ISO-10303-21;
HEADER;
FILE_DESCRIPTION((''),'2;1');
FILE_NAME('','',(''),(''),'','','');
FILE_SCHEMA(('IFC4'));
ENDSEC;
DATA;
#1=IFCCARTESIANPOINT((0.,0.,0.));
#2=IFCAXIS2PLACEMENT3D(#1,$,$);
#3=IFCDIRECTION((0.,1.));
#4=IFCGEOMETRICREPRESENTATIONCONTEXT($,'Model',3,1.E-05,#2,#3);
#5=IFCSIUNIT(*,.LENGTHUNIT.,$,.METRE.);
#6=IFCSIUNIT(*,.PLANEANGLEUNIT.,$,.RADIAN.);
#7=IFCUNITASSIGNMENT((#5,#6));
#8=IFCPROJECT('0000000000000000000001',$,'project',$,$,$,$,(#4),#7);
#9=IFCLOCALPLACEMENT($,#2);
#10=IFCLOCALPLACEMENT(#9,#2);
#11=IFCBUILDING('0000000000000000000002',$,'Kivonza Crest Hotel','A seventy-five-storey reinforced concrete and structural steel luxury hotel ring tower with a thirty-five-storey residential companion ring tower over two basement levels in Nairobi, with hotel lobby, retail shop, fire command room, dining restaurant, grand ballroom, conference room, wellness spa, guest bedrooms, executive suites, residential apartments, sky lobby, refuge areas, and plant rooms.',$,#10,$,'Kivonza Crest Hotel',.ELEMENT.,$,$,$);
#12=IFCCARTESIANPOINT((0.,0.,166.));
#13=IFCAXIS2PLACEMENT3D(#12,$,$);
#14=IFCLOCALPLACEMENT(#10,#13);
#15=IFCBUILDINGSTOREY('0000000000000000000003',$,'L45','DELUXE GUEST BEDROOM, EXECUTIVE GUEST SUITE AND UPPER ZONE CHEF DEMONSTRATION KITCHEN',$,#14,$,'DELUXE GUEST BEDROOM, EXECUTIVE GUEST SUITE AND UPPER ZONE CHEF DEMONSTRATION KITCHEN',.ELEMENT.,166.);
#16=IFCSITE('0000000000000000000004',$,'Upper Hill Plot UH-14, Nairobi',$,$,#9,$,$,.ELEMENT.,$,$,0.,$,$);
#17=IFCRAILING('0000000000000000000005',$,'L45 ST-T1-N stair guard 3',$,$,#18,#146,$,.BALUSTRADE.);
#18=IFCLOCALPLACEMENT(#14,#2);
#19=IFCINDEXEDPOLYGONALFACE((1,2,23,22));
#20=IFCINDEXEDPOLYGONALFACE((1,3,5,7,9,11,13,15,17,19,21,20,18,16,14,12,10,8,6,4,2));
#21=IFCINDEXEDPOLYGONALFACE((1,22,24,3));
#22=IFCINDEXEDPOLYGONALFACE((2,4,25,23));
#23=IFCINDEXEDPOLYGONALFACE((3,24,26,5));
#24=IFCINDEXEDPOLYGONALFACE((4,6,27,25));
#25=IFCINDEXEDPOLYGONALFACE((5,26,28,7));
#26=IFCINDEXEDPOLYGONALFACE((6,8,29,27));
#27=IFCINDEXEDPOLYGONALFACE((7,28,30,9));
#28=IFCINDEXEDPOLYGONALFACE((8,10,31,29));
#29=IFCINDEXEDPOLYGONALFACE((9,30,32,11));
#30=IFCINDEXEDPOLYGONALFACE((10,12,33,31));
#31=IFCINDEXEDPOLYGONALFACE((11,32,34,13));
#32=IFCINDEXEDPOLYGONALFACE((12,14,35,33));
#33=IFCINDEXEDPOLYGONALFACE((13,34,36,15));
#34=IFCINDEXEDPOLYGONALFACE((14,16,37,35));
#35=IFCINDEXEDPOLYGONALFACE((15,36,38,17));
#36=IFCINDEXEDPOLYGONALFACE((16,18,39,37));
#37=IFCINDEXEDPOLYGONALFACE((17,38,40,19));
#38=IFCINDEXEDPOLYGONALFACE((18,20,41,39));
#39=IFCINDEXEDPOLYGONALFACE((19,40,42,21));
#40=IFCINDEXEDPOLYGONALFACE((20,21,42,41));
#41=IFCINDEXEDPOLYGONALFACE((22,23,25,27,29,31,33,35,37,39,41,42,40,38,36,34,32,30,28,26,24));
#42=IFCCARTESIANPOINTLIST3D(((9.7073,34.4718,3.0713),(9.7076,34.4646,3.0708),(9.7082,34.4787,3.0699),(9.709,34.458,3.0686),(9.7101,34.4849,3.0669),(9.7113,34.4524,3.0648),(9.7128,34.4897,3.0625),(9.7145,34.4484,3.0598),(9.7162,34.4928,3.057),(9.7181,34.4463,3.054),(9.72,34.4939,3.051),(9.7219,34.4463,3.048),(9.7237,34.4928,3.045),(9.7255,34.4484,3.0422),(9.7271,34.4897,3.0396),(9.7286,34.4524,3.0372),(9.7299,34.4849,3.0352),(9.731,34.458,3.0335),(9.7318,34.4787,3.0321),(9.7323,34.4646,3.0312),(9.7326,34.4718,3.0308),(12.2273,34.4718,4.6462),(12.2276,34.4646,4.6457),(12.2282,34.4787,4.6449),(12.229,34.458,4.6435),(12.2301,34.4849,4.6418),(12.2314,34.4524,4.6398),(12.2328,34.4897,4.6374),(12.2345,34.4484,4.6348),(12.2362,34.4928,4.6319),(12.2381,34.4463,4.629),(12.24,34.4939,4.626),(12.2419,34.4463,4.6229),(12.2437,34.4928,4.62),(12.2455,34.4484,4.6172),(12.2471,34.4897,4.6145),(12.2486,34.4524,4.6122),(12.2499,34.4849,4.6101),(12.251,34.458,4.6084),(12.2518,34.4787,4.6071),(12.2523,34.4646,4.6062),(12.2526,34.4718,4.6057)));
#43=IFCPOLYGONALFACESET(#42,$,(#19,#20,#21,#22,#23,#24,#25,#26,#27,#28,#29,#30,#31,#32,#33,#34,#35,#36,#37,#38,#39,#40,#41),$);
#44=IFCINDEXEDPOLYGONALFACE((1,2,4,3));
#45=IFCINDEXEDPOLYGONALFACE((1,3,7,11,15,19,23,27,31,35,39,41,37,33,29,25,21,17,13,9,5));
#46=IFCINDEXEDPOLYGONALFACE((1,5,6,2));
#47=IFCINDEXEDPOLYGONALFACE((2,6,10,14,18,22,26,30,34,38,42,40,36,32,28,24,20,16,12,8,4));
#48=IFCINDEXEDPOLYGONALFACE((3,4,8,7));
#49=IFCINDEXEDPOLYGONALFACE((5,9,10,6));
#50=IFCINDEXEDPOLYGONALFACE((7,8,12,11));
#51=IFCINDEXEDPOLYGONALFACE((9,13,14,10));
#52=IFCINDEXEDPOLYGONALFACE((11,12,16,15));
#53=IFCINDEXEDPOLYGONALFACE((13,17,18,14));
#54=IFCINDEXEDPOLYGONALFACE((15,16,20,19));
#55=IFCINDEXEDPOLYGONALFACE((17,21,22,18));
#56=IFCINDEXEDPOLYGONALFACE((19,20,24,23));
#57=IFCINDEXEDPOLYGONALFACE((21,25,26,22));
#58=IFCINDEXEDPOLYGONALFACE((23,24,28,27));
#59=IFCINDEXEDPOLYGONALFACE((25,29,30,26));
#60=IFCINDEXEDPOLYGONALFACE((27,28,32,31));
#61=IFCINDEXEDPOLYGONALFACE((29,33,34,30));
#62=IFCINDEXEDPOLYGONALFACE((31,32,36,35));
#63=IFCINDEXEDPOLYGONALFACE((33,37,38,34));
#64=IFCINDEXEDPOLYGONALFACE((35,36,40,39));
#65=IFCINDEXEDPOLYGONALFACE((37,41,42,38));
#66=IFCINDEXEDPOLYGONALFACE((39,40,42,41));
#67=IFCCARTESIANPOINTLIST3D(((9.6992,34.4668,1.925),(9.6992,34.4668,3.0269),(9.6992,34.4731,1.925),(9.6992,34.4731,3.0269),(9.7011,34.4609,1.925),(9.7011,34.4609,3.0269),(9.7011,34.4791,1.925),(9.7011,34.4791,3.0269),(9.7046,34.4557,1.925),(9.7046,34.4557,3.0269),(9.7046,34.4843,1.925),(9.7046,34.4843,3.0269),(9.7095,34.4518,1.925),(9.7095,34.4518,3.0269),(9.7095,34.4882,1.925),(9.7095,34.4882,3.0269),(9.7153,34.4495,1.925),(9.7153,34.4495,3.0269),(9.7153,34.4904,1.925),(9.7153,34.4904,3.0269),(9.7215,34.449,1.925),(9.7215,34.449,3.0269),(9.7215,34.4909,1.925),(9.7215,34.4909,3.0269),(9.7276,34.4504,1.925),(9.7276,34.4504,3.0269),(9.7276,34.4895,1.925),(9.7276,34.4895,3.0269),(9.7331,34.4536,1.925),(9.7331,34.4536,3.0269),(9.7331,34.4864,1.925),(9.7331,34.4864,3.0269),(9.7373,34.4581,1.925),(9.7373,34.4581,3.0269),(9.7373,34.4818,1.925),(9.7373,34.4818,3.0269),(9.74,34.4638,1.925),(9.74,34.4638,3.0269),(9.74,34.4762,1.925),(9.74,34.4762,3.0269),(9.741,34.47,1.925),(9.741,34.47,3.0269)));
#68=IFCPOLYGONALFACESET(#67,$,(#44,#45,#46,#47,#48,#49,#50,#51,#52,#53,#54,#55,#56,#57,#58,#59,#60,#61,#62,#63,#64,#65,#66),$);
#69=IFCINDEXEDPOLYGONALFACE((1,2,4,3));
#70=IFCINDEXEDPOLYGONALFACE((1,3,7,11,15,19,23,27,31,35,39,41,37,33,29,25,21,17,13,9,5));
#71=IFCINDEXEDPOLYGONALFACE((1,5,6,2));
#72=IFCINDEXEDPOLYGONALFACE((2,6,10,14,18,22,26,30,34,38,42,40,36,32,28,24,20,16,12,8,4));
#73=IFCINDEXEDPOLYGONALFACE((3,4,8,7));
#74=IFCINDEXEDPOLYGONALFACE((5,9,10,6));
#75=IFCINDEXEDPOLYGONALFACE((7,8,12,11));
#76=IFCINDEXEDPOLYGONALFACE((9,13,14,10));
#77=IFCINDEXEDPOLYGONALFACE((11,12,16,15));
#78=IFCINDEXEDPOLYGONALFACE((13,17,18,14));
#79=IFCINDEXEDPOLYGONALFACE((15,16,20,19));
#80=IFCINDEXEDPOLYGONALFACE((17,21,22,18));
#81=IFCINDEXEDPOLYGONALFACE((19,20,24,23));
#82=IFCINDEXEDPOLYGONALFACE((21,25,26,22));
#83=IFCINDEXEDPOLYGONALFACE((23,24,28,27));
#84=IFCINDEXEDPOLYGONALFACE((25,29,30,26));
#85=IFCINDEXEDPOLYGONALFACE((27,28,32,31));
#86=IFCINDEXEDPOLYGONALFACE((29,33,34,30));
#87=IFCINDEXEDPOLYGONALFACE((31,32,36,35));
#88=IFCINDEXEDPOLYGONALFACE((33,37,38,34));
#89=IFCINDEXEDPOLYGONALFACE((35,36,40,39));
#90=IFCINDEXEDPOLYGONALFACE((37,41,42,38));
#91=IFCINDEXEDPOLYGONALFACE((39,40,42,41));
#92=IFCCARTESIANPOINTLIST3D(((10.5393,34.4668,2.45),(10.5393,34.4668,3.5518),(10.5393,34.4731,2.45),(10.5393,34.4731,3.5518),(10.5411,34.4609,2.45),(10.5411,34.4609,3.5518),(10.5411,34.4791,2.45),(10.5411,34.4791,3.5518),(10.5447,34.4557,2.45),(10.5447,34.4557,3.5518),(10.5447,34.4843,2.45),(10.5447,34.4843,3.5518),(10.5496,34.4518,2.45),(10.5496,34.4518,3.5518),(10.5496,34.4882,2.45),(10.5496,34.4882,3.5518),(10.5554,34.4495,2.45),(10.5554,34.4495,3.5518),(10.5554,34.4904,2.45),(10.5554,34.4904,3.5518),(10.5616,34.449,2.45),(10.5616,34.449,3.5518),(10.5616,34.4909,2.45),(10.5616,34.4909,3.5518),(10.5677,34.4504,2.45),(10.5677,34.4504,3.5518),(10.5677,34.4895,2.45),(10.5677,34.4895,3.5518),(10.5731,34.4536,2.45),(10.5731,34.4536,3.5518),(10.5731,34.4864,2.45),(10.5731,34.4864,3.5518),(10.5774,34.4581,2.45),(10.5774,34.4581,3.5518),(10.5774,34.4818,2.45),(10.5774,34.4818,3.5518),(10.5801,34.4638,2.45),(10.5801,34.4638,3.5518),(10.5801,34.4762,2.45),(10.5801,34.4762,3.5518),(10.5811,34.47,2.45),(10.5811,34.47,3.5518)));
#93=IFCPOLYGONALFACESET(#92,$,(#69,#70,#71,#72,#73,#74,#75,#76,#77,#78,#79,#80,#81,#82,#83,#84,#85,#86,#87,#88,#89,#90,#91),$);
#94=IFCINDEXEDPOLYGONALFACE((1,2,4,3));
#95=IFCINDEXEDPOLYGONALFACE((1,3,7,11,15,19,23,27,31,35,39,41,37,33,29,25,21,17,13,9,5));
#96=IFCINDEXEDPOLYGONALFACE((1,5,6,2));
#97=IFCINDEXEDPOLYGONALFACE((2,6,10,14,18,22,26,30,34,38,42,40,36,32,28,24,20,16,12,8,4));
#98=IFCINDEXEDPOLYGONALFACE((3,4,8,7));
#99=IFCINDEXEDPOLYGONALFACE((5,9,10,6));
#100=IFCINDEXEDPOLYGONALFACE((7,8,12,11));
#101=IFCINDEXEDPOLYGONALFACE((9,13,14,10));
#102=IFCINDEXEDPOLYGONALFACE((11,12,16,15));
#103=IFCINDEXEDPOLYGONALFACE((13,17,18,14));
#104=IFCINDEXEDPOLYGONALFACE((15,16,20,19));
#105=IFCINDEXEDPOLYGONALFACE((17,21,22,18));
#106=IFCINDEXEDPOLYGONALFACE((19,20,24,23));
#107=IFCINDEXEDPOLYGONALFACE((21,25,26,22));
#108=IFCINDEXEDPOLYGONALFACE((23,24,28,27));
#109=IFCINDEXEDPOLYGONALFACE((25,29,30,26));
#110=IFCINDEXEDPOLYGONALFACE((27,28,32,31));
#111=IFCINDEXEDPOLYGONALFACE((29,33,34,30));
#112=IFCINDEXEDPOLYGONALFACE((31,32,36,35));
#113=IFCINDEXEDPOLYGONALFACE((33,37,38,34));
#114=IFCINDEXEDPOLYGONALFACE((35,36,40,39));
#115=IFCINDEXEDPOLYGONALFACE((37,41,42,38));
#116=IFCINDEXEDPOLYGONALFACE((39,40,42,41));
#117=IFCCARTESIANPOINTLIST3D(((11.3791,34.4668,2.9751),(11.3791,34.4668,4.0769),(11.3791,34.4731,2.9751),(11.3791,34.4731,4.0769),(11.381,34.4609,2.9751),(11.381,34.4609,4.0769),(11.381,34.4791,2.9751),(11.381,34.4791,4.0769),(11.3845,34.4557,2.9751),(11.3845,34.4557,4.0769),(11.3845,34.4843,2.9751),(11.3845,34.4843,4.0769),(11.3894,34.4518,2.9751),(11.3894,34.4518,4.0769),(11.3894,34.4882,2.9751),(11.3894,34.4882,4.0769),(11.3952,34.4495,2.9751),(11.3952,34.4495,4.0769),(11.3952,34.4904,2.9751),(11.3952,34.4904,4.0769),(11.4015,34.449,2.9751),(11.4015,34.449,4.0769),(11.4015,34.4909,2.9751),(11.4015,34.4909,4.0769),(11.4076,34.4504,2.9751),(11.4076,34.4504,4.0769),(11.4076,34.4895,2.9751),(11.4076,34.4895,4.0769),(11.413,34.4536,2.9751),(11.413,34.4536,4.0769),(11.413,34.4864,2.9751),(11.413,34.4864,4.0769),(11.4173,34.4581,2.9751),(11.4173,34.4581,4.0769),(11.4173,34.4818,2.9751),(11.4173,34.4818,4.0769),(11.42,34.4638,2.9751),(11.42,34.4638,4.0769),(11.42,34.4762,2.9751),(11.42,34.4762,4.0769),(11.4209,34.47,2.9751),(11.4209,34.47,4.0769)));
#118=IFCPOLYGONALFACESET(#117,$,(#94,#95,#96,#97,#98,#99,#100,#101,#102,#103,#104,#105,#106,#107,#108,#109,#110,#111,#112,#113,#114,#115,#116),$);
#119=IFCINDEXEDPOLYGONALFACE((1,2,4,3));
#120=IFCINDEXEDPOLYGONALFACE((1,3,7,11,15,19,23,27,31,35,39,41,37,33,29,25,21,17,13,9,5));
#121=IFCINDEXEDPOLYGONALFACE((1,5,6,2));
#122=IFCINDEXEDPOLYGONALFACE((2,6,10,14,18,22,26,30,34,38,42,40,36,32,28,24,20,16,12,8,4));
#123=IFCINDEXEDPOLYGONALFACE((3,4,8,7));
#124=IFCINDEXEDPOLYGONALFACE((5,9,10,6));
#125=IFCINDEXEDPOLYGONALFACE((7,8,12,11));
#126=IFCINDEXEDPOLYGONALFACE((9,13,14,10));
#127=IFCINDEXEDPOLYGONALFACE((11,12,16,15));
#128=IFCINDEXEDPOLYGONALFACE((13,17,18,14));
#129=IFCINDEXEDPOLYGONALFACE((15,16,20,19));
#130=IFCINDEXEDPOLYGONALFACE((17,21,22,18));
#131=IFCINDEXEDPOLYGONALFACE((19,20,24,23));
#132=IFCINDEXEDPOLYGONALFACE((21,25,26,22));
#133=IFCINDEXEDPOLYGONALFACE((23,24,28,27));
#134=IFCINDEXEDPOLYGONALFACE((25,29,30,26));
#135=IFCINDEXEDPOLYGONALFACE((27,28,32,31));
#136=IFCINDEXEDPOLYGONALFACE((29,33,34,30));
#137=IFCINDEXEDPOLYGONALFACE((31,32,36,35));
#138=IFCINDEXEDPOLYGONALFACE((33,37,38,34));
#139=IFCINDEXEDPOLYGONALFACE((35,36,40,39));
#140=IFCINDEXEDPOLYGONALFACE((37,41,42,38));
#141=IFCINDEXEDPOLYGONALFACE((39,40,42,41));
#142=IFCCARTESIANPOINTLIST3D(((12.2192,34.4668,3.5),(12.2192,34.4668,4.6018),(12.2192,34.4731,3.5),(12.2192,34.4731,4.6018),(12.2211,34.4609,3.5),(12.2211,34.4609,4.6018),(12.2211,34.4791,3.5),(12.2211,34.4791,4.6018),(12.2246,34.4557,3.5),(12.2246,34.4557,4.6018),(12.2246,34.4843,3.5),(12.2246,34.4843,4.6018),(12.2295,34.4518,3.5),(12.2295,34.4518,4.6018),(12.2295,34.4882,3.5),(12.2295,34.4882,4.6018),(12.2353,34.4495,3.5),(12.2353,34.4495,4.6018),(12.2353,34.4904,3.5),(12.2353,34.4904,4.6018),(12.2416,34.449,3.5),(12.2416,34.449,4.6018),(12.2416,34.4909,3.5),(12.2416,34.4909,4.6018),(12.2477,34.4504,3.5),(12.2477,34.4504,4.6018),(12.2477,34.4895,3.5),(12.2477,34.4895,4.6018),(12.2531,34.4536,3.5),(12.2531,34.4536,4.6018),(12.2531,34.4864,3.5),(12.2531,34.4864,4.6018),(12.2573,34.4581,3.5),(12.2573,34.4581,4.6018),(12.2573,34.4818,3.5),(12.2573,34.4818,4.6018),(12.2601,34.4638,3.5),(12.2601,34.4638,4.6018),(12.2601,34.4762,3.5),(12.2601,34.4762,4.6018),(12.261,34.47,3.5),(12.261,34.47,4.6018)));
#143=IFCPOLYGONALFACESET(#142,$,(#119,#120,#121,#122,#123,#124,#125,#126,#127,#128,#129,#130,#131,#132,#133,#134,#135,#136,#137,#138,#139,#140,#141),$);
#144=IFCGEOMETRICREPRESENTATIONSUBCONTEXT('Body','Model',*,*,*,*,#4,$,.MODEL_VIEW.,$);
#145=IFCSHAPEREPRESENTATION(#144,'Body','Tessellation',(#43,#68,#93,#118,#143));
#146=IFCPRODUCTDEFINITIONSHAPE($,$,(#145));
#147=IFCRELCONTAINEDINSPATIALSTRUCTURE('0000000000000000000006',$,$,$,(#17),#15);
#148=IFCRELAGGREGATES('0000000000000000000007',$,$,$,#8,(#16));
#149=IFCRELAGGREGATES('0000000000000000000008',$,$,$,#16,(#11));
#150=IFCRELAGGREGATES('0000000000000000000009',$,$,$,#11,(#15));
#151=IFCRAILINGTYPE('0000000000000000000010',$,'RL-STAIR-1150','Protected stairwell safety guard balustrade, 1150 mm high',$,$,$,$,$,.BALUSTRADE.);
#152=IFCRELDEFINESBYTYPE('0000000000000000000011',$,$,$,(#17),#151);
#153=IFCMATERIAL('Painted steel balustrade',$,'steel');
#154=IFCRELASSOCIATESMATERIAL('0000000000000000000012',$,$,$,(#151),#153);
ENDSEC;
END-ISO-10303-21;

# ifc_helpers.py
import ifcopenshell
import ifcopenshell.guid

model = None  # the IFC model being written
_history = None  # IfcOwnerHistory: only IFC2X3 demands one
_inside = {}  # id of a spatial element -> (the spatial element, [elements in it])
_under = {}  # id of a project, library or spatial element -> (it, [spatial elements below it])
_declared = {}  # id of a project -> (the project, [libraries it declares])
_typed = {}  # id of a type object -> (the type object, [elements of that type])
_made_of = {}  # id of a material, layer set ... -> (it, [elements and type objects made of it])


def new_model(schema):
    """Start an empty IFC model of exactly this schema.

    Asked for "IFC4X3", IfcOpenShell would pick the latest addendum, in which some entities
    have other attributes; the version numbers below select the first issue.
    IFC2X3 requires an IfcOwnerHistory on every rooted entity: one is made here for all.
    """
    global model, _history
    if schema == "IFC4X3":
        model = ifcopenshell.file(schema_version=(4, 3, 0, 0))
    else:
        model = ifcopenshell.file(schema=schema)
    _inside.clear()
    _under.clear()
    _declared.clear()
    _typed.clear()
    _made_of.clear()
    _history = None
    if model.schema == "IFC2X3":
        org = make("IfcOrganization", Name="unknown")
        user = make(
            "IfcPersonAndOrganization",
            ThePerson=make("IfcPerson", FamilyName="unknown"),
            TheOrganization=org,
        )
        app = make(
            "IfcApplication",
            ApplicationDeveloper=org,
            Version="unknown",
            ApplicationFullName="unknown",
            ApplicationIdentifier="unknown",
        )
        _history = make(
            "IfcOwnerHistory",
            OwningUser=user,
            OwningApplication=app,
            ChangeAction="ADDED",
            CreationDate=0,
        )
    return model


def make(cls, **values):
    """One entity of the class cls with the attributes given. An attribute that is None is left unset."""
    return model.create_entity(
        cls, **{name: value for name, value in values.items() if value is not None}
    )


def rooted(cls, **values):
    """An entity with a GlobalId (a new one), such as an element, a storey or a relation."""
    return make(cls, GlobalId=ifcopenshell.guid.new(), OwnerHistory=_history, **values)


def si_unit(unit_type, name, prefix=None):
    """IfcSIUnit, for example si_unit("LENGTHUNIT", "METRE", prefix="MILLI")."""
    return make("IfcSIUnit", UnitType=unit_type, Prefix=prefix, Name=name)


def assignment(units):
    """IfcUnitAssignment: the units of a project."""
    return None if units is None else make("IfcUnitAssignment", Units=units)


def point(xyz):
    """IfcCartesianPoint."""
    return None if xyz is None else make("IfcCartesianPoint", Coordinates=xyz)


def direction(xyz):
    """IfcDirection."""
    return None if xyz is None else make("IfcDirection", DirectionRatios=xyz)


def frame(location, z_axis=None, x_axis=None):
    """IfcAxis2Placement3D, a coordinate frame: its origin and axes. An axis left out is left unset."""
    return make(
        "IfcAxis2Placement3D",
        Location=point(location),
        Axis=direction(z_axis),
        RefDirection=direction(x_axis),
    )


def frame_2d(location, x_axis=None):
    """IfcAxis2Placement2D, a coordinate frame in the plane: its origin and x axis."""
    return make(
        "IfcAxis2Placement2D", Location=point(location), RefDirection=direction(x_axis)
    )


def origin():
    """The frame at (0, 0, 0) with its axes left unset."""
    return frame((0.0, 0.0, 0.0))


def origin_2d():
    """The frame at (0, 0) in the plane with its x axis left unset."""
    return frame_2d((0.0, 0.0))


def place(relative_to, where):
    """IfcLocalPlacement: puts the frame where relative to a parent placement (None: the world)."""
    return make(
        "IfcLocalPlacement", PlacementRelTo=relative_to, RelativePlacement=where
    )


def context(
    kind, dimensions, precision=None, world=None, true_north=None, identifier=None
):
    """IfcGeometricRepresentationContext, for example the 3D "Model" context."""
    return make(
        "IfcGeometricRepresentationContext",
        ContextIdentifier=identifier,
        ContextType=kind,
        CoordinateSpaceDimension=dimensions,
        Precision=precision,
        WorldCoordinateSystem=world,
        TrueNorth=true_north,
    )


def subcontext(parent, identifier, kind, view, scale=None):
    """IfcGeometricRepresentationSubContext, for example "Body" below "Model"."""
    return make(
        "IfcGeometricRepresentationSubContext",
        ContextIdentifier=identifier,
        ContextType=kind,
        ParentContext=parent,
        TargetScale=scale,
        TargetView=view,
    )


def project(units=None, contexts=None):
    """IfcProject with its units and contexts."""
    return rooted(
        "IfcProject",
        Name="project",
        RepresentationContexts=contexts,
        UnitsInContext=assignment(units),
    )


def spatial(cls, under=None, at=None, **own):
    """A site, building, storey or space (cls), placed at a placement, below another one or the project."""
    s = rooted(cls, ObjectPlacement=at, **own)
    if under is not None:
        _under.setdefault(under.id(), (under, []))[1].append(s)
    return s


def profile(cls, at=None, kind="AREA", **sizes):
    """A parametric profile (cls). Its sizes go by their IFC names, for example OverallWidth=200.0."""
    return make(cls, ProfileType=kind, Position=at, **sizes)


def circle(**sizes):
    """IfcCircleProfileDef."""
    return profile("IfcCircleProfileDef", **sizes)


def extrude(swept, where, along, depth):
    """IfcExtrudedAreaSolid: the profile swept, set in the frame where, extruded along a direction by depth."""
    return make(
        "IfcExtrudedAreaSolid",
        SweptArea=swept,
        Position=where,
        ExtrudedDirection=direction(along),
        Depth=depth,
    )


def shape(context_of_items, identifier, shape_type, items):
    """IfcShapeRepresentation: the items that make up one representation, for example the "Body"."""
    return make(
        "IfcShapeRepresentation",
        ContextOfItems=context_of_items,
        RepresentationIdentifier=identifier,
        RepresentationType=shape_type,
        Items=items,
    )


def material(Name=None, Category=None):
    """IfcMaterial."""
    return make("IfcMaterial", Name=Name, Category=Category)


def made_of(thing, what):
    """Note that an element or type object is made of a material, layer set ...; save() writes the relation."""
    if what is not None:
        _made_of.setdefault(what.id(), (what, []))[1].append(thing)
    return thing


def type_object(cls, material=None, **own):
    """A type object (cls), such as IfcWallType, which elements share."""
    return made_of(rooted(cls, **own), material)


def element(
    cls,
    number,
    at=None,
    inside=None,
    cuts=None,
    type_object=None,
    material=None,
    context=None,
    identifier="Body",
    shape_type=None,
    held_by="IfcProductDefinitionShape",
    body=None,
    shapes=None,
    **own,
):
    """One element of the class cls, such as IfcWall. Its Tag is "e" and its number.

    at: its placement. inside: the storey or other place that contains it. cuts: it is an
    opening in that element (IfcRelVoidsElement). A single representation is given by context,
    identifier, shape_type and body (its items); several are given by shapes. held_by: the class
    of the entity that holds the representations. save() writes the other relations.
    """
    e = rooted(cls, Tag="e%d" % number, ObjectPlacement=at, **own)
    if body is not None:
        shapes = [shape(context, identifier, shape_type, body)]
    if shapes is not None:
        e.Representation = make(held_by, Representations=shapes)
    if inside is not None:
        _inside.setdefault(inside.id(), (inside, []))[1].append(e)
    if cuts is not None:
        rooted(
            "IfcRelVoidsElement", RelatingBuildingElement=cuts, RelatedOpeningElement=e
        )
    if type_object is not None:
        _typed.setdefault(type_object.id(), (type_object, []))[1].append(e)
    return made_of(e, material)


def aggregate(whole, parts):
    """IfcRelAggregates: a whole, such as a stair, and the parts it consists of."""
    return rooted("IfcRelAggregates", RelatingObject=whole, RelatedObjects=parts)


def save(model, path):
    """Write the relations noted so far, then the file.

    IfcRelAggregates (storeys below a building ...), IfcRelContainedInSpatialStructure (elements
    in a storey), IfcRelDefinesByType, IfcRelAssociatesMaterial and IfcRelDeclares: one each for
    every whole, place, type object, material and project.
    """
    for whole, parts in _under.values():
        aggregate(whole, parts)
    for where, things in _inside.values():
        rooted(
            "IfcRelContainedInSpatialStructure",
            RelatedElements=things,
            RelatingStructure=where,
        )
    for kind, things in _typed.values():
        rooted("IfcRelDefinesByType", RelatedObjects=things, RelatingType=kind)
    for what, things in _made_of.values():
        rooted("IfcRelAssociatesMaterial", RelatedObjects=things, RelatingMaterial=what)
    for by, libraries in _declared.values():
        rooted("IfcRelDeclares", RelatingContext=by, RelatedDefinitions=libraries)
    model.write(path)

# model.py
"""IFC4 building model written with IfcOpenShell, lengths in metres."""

from ifc_helpers import new_model, si_unit, direction, frame, origin, origin_2d, place, context, subcontext, project, spatial, circle, extrude, material, type_object, element, save


model = new_model("IFC4")

# Units and contexts
model_context = context("Model", 3, precision=1e-05, world=origin(), true_north=direction((0.0, 1.0)))
body_context = subcontext(model_context, "Body", "Model", "MODEL_VIEW")
ifc_project = project(units=[si_unit("LENGTHUNIT", "METRE"), si_unit("PLANEANGLEUNIT", "RADIAN")], contexts=[model_context])

# Site, building, storey
site_placement = place(None, origin())
site = spatial("IfcSite", under=ifc_project, at=site_placement, Name="Upper Hill Plot UH-14, Nairobi", CompositionType="ELEMENT", RefElevation=0.0)
building_placement = place(site_placement, origin())
building = spatial("IfcBuilding", under=site, at=building_placement, Name="Kivonza Crest Hotel", Description="A seventy-five-storey reinforced concrete and structural steel luxury hotel ring tower with a thirty-five-storey residential companion ring tower over two basement levels in Nairobi, with hotel lobby, retail shop, fire command room, dining restaurant, grand ballroom, conference room, wellness spa, guest bedrooms, executive suites, residential apartments, sky lobby, refuge areas, and plant rooms.", LongName="Kivonza Crest Hotel", CompositionType="ELEMENT")
storey_placement = place(building_placement, frame((0.0, 0.0, 166.0)))
storey = spatial("IfcBuildingStorey", under=building, at=storey_placement, Name="L45", Description="DELUXE GUEST BEDROOM, EXECUTIVE GUEST SUITE AND UPPER ZONE CHEF DEMONSTRATION KITCHEN", LongName="DELUXE GUEST BEDROOM, EXECUTIVE GUEST SUITE AND UPPER ZONE CHEF DEMONSTRATION KITCHEN", CompositionType="ELEMENT", Elevation=166.0)

# Railing
ifc_material_1 = material(Name="Painted steel balustrade", Category="steel")
railing_type_1 = type_object("IfcRailingType", Name="RL-STAIR-1150", Description="Protected stairwell safety guard balustrade, 1150 mm high", PredefinedType="BALUSTRADE", material=ifc_material_1)
railing_1_placement = place(storey_placement, frame((9.72, 34.47, 1.925)))
element("IfcRailing", 1, at=railing_1_placement, inside=storey, type_object=railing_type_1, Name="L45 ST-T1-N stair guard 3", PredefinedType="BALUSTRADE", context=body_context, shape_type="SweptSolid", body=[
    extrude(circle(Radius=0.0239, at=origin_2d()), frame((0.0, 0.0, 1.126), z_axis=(0.848008, 0.0, 0.529984), x_axis=(0.0, 1.0, 0.0)), (0.0, 0.0, 1.0), 2.9717),
    extrude(circle(Radius=0.021, at=origin_2d()), origin(), (0.0, 0.0, 1.0), 1.1018),
    extrude(circle(Radius=0.021, at=origin_2d()), frame((0.8401, 0.0, 0.5249)), (0.0, 0.0, 1.0), 1.1018),
    extrude(circle(Radius=0.021, at=origin_2d()), frame((1.6799, 0.0, 1.05)), (0.0, 0.0, 1.0), 1.1018),
    extrude(circle(Radius=0.021, at=origin_2d()), frame((2.52, 0.0, 1.575)), (0.0, 0.0, 1.0), 1.1018),
])

save(model, "model.ifc")
